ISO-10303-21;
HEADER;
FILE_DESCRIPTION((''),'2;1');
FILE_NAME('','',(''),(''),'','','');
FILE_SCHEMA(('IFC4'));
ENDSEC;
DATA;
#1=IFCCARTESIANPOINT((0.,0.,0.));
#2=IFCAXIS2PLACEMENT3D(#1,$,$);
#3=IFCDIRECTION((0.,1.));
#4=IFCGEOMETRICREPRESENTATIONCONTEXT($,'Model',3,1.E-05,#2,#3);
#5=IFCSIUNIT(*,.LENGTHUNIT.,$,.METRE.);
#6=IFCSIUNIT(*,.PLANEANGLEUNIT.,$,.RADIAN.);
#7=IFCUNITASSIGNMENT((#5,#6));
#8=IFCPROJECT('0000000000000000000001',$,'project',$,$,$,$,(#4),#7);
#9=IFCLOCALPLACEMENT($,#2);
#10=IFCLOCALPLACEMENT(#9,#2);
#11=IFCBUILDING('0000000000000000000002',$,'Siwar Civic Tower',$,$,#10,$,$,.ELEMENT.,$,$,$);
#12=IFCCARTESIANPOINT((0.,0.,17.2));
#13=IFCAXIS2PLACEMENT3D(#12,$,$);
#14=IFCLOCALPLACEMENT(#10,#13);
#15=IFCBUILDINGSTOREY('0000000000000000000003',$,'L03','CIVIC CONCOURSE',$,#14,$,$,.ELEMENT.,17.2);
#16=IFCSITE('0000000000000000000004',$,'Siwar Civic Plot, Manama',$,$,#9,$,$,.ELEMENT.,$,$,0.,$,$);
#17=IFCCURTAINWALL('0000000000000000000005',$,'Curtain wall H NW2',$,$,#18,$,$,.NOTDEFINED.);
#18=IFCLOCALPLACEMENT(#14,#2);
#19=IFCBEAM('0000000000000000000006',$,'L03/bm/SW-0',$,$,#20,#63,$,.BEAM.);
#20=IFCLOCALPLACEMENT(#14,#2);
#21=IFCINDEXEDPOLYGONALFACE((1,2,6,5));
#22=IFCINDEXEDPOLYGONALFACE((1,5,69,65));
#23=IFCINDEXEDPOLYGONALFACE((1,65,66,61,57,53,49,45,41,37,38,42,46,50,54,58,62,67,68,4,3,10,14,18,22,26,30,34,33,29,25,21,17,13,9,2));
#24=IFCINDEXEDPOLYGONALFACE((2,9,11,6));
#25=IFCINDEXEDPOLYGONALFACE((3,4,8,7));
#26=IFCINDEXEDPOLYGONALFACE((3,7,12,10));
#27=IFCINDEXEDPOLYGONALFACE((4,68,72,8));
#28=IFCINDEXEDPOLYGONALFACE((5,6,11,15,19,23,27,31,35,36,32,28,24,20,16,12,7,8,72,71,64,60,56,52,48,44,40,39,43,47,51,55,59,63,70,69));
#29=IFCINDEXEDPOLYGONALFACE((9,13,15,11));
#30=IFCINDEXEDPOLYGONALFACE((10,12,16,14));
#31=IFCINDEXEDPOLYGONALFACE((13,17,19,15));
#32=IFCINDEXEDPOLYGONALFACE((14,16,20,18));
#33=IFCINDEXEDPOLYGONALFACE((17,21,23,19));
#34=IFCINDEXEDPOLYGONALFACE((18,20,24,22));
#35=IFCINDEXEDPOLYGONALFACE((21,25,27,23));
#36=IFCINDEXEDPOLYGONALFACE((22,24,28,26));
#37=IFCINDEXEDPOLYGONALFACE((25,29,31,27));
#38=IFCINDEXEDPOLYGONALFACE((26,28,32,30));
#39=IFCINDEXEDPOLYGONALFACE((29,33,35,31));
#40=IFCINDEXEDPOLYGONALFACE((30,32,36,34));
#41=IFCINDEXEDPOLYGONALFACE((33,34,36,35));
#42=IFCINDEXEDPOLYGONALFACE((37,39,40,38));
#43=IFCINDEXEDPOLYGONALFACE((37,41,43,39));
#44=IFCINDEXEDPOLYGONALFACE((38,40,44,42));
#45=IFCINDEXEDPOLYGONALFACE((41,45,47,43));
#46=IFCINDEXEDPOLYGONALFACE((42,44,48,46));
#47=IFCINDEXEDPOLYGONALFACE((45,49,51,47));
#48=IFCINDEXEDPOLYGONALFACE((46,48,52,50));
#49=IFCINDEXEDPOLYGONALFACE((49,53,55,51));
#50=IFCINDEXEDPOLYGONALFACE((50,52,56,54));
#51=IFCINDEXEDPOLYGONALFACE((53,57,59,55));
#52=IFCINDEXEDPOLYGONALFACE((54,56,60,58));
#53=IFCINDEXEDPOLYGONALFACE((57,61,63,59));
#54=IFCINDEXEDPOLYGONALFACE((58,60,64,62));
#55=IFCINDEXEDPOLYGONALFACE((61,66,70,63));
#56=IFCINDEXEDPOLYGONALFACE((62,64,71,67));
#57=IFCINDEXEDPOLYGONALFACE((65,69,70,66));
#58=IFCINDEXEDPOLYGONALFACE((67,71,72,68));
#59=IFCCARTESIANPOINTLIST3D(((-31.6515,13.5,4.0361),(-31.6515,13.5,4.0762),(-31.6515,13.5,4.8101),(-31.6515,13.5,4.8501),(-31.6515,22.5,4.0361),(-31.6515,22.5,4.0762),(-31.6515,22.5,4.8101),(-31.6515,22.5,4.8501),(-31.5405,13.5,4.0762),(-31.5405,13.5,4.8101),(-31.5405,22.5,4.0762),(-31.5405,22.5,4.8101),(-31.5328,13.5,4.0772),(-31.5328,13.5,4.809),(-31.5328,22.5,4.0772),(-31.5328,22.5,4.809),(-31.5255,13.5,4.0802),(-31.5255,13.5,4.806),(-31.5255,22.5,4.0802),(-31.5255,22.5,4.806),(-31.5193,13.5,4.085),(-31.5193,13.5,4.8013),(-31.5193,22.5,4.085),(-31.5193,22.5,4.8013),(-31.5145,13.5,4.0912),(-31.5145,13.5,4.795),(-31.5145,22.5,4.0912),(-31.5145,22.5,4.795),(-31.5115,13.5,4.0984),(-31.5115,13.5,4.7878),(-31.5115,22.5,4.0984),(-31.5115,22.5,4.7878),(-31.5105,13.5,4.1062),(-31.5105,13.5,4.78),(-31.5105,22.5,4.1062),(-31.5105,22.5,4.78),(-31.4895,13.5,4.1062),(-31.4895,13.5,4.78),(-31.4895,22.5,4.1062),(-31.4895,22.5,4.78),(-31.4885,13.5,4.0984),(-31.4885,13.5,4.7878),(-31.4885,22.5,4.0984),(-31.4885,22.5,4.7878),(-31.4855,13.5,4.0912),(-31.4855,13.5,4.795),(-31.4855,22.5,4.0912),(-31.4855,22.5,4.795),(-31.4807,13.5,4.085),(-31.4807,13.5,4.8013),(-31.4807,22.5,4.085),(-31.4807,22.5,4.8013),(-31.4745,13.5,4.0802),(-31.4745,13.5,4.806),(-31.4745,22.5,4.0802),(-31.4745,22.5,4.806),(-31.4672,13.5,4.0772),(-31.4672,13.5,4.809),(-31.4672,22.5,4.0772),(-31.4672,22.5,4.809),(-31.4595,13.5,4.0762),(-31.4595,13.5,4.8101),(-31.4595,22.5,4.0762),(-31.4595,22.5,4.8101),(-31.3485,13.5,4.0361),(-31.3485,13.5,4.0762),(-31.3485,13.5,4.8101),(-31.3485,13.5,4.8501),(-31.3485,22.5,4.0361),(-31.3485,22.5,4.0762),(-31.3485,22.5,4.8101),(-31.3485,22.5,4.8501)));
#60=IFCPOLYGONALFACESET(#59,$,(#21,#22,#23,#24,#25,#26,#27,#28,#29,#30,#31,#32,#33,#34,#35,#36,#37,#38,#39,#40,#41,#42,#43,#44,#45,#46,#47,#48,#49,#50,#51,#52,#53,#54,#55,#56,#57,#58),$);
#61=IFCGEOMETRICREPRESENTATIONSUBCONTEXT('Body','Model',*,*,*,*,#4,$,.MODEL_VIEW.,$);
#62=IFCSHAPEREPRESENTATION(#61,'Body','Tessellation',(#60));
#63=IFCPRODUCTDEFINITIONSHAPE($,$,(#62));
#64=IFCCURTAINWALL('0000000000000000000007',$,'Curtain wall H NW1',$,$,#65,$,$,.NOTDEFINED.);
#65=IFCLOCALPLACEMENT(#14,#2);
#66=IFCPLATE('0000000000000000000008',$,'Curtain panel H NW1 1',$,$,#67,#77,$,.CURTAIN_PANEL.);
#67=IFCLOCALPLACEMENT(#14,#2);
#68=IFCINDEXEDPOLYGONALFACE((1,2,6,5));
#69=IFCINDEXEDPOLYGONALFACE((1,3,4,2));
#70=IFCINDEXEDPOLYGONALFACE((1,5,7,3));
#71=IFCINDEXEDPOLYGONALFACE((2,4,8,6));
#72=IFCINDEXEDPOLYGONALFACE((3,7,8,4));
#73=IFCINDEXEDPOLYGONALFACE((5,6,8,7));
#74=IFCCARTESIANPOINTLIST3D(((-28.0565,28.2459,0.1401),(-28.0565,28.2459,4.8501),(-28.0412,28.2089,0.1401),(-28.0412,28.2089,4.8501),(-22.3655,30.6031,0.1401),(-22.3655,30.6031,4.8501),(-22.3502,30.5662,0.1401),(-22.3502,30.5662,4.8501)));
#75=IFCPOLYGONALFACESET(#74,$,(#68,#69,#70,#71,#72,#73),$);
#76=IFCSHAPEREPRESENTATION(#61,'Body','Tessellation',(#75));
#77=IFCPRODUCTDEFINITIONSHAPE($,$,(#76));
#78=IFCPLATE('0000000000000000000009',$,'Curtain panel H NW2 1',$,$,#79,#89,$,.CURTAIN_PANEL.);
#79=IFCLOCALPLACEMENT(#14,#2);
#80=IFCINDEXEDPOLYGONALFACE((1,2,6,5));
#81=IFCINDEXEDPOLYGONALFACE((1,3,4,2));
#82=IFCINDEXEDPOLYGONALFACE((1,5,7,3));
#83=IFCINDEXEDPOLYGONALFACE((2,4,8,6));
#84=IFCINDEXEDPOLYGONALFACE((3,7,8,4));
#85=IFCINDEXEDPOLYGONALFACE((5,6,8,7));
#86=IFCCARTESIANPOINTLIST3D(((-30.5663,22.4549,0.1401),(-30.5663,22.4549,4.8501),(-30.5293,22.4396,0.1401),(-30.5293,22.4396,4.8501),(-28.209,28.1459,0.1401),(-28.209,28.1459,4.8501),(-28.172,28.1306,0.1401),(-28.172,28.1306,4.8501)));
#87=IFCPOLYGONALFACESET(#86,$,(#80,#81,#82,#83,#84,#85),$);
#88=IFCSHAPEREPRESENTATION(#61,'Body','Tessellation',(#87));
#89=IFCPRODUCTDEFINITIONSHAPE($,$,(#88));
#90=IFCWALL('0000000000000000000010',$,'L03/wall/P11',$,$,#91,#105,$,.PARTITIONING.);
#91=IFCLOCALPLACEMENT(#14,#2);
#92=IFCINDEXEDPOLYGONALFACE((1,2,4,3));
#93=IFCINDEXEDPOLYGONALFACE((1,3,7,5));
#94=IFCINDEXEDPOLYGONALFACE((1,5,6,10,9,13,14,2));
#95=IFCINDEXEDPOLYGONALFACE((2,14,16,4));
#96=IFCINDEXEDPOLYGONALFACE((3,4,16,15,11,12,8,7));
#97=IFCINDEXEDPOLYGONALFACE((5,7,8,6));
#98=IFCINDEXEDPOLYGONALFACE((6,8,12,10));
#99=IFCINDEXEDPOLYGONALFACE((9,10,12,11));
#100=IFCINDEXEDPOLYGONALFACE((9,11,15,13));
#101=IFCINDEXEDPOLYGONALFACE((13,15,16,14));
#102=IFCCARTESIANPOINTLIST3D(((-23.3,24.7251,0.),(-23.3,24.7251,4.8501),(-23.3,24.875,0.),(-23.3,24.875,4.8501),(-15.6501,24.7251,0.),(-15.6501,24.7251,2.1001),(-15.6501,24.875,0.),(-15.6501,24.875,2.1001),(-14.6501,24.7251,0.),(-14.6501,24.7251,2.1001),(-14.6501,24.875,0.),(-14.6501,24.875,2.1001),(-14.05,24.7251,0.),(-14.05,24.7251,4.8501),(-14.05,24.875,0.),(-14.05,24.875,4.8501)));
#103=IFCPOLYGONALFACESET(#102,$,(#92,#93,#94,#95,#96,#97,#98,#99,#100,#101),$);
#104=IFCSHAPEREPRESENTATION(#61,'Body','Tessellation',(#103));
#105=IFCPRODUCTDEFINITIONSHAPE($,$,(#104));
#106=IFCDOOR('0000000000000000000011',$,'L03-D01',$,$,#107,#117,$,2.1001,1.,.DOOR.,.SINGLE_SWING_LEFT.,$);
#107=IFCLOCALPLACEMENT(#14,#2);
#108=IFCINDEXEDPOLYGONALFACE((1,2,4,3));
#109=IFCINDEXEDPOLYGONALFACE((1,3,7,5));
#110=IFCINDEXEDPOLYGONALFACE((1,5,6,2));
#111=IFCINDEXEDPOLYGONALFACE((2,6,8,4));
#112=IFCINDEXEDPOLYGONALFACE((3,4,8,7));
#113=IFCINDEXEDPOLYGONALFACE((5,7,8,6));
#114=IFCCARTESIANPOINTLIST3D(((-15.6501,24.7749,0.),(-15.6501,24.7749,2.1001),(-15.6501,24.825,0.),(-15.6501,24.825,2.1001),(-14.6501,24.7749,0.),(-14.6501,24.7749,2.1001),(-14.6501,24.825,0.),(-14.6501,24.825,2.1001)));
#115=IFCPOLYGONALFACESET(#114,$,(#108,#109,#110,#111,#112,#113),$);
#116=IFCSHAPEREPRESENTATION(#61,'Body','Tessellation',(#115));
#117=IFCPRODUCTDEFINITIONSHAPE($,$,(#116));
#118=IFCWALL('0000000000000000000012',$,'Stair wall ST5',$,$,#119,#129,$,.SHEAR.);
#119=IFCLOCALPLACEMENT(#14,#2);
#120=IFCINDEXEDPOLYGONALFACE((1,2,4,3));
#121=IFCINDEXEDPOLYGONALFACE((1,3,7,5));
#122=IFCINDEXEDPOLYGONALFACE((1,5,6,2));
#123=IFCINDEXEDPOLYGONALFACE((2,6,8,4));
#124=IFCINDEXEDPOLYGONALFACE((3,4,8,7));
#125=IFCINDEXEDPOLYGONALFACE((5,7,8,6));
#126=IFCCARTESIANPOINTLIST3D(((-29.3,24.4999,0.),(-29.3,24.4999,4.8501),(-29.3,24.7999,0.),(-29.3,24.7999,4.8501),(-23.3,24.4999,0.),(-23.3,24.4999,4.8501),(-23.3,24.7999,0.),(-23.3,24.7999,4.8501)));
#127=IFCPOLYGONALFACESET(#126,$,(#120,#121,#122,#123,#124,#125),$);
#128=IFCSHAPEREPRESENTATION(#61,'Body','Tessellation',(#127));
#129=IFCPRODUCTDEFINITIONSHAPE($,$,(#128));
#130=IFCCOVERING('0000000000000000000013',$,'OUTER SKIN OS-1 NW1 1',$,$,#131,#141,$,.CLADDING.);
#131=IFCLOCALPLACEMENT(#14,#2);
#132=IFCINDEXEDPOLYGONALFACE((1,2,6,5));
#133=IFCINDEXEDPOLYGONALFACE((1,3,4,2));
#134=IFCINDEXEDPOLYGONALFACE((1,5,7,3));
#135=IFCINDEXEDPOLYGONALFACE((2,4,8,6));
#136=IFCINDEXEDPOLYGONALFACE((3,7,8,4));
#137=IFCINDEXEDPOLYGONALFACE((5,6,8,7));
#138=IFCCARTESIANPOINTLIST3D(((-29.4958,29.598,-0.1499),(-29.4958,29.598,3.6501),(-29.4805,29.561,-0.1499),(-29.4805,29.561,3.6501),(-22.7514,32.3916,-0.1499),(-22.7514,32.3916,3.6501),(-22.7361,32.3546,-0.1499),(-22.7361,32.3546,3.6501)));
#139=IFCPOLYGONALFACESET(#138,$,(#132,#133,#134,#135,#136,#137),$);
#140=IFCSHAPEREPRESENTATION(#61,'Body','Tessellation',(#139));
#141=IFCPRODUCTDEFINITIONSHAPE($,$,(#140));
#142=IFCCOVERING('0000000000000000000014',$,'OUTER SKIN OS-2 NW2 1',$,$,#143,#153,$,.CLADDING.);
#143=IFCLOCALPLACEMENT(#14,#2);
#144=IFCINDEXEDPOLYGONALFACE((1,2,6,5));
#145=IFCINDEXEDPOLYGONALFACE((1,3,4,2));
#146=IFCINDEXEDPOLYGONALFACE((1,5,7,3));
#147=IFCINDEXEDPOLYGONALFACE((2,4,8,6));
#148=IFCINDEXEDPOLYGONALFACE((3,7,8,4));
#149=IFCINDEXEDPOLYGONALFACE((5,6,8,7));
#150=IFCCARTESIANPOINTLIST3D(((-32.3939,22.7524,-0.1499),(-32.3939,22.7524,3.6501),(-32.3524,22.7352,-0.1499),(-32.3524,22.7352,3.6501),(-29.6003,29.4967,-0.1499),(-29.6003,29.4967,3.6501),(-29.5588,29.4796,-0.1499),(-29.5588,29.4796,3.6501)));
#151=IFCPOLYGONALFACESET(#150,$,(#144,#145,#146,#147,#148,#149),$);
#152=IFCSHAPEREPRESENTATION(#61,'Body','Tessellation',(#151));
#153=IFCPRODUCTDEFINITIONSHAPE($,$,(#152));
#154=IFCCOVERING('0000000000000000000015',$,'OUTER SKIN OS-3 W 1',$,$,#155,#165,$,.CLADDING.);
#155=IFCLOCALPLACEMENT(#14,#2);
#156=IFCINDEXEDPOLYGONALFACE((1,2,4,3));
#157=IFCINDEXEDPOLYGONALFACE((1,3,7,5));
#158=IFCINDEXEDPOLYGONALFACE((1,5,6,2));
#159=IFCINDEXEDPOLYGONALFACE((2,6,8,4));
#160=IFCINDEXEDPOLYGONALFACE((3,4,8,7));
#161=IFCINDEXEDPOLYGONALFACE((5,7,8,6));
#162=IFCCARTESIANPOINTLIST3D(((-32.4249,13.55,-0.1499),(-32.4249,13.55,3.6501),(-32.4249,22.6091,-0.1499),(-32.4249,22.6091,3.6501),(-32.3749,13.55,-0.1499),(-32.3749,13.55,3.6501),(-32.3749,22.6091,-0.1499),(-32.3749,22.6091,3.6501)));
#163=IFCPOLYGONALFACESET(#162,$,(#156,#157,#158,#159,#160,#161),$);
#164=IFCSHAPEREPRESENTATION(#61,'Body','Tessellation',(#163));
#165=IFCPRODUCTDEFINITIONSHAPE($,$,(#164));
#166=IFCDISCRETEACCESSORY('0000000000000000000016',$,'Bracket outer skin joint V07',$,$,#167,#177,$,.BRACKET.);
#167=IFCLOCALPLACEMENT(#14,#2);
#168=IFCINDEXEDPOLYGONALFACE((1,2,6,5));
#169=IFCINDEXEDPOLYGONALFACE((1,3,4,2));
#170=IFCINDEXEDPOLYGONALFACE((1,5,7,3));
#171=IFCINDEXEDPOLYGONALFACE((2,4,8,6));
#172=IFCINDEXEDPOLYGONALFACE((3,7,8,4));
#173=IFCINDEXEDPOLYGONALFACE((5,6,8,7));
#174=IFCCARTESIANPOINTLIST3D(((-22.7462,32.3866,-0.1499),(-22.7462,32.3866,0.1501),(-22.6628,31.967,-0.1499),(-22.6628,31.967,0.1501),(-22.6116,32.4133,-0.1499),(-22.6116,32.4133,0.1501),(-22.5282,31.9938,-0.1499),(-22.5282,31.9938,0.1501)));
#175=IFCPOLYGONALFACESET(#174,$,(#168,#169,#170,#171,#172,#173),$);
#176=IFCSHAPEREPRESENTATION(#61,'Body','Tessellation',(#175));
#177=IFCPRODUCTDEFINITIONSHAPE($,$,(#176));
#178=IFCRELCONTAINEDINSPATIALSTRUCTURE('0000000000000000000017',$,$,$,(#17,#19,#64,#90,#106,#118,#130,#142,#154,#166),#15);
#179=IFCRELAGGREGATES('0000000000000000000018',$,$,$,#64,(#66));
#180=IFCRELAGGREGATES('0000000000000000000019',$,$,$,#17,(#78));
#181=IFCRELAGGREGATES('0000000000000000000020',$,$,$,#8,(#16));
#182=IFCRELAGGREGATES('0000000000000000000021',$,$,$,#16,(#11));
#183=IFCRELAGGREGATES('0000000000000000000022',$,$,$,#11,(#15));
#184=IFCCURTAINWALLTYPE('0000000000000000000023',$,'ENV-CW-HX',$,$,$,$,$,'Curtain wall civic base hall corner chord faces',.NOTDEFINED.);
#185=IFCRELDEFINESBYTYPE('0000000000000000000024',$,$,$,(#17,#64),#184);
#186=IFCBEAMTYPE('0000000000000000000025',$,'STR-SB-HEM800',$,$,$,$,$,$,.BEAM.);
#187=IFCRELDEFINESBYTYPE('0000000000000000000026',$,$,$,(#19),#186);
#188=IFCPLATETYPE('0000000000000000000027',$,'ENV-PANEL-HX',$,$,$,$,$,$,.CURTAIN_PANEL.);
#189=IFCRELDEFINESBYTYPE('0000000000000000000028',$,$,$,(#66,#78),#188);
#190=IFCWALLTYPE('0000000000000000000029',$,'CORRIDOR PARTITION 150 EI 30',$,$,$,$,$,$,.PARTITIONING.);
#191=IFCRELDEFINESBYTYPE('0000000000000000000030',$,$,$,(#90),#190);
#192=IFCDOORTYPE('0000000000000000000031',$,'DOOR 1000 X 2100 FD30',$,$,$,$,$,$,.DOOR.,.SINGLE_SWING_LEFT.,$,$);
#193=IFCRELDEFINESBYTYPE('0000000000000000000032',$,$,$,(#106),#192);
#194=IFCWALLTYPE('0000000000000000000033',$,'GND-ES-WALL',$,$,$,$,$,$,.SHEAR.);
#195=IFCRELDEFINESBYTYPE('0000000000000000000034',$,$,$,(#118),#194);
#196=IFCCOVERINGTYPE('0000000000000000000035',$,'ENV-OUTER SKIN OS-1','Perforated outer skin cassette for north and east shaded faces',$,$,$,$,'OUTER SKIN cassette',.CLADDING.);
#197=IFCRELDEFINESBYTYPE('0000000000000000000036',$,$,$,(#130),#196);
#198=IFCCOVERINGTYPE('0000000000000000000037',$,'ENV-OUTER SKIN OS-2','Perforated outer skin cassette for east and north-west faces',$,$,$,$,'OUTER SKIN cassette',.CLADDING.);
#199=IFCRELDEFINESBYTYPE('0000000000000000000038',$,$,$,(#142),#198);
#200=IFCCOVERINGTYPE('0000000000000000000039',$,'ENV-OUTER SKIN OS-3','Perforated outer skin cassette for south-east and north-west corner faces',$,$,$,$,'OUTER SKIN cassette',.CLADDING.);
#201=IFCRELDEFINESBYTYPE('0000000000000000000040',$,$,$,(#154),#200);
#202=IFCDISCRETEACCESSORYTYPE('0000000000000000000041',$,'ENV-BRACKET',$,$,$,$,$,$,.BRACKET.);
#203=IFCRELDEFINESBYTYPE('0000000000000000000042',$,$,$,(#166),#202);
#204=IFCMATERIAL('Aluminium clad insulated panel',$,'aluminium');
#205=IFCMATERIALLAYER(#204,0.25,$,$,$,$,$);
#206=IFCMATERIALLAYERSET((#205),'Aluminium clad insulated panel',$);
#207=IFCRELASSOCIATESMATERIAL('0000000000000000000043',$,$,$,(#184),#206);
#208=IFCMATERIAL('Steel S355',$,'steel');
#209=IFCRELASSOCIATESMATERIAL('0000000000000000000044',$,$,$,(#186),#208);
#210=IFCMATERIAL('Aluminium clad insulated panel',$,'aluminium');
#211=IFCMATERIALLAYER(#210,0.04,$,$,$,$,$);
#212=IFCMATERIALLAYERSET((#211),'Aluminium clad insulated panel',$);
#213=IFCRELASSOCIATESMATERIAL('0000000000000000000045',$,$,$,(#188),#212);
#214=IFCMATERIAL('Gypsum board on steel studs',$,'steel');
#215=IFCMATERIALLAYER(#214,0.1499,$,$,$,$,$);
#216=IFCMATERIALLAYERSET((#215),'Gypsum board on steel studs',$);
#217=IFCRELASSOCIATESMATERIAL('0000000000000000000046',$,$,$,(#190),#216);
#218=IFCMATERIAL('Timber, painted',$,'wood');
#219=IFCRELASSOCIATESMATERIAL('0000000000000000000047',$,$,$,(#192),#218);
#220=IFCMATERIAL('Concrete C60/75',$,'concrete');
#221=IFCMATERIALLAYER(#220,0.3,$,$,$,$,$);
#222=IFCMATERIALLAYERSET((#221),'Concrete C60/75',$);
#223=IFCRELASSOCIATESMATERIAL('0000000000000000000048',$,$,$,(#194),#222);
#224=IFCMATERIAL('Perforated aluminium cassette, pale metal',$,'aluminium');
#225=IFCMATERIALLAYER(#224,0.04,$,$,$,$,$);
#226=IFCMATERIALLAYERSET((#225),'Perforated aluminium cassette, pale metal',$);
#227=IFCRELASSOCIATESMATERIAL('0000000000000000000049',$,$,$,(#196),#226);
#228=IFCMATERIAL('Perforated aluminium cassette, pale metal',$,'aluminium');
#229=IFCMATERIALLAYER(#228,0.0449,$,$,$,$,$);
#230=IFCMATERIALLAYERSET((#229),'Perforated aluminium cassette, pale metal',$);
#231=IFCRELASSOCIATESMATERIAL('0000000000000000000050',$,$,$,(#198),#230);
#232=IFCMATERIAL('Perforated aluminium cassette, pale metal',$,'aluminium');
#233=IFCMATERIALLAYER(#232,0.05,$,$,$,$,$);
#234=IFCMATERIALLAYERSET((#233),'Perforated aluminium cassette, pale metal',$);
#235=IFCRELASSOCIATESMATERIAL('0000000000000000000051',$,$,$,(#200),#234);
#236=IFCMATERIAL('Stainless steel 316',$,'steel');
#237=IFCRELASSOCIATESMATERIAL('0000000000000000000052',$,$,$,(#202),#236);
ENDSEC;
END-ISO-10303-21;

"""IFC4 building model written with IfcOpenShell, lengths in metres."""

from ifc_helpers import new_model, si_unit, direction, frame, frame_2d, origin, origin_2d, place, context, subcontext, project, spatial, rectangle, i_section, extrude, material, layer, layer_set, material_profile, profile_set, type_object, element, fill, aggregate, save


model = new_model("IFC4")

# Units and contexts
model_context = context("Model", 3, precision=1e-05, world=origin(), true_north=direction((0.0, 1.0)))
body_context = subcontext(model_context, "Body", "Model", "MODEL_VIEW")
ifc_project = project(units=[si_unit("LENGTHUNIT", "METRE"), si_unit("PLANEANGLEUNIT", "RADIAN")], contexts=[model_context])

# Site, building, storey
site_placement = place(None, origin())
site = spatial("IfcSite", under=ifc_project, at=site_placement, Name="Siwar Civic Plot, Manama", CompositionType="ELEMENT", RefElevation=0.0)
building_placement = place(site_placement, origin())
building = spatial("IfcBuilding", under=site, at=building_placement, Name="Siwar Civic Tower", CompositionType="ELEMENT")
storey_placement = place(building_placement, frame((0.0, 0.0, 17.2)))
storey = spatial("IfcBuildingStorey", under=building, at=storey_placement, Name="L03", Description="CIVIC CONCOURSE", CompositionType="ELEMENT", Elevation=17.2)

# Curtain wall
ifc_material_1 = material(Name="Aluminium clad insulated panel", Category="aluminium")
ifc_layer_1 = layer(ifc_material_1, 0.25)
ifc_layer_set_1 = layer_set([ifc_layer_1], Name="Aluminium clad insulated panel")
curtain_wall_type_1 = type_object("IfcCurtainWallType", Name="ENV-CW-HX", ElementType="Curtain wall civic base hall corner chord faces", PredefinedType="NOTDEFINED", material=ifc_layer_set_1)
curtain_wall_1_placement = place(storey_placement, origin())
curtain_wall_1 = element("IfcCurtainWall", 1, at=curtain_wall_1_placement, inside=storey, type_object=curtain_wall_type_1, Name="Curtain wall H NW2", PredefinedType="NOTDEFINED")

# Beam
ifc_material_2 = material(Name="Steel S355", Category="steel")
ifc_material_profile_1 = material_profile(ifc_material_2, i_section(OverallWidth=0.303, OverallDepth=0.814, WebThickness=0.021, FlangeThickness=0.04, FilletRadius=0.03, at=origin_2d()), Name="HEM800")
ifc_profile_set_1 = profile_set([ifc_material_profile_1], Name="Steel S355")
beam_type_1 = type_object("IfcBeamType", Name="STR-SB-HEM800", PredefinedType="BEAM", material=ifc_profile_set_1)
beam_1_placement = place(storey_placement, frame((-31.5, 22.5, 4.4431), z_axis=(0.0, -1.0, 0.0), x_axis=(1.0, 0.0, 0.0)))
element("IfcBeam", 2, at=beam_1_placement, inside=storey, type_object=beam_type_1, Name="L03/bm/SW-0", PredefinedType="BEAM", context=body_context, shape_type="SweptSolid", body=[
    extrude(i_section(OverallWidth=0.303, OverallDepth=0.814, WebThickness=0.021, FlangeThickness=0.04, FilletRadius=0.03, at=origin_2d()), origin(), (0.0, 0.0, 1.0), 9.0),
])

# Curtain wall, plate
curtain_wall_2_placement = place(storey_placement, origin())
curtain_wall_2 = element("IfcCurtainWall", 3, at=curtain_wall_2_placement, inside=storey, type_object=curtain_wall_type_1, Name="Curtain wall H NW1", PredefinedType="NOTDEFINED")
ifc_material_3 = material(Name="Aluminium clad insulated panel", Category="aluminium")
ifc_layer_2 = layer(ifc_material_3, 0.04)
ifc_layer_set_2 = layer_set([ifc_layer_2], Name="Aluminium clad insulated panel")
plate_type = type_object("IfcPlateType", Name="ENV-PANEL-HX", PredefinedType="CURTAIN_PANEL", material=ifc_layer_set_2)
plate_1_placement = place(storey_placement, frame((-25.2034, 29.406, 0.1401), z_axis=(0.0, 0.0, 1.0), x_axis=(-0.92388, -0.382683, 0.0)))
plate_1 = element("IfcPlate", 4, at=plate_1_placement, type_object=plate_type, Name="Curtain panel H NW1 1", PredefinedType="CURTAIN_PANEL", context=body_context, shape_type="SweptSolid", body=[
    extrude(rectangle(XDim=6.1599, YDim=0.04, at=origin_2d()), origin(), (0.0, 0.0, 1.0), 4.71),
])
aggregate(curtain_wall_2, [plate_1])

# Plate
plate_2_placement = place(storey_placement, frame((-29.3691, 25.2927, 0.1401), z_axis=(0.0, 0.0, 1.0), x_axis=(-0.382683, -0.92388, 0.0)))
plate_2 = element("IfcPlate", 5, at=plate_2_placement, type_object=plate_type, Name="Curtain panel H NW2 1", PredefinedType="CURTAIN_PANEL", context=body_context, shape_type="SweptSolid", body=[
    extrude(rectangle(XDim=6.1599, YDim=0.04, at=origin_2d()), origin(), (0.0, 0.0, 1.0), 4.71),
])
aggregate(curtain_wall_1, [plate_2])

# Wall, opening, door
ifc_material_4 = material(Name="Gypsum board on steel studs", Category="steel")
ifc_layer_3 = layer(ifc_material_4, 0.1499)
ifc_layer_set_3 = layer_set([ifc_layer_3], Name="Gypsum board on steel studs")
wall_type_1 = type_object("IfcWallType", Name="CORRIDOR PARTITION 150 EI 30", PredefinedType="PARTITIONING", material=ifc_layer_set_3)
wall_1_placement = place(storey_placement, frame((-23.3, 24.8, 0.0), z_axis=(0.0, 0.0, 1.0), x_axis=(1.0, 0.0, 0.0)))
wall_1 = element("IfcWall", 6, at=wall_1_placement, inside=storey, type_object=wall_type_1, Name="L03/wall/P11", PredefinedType="PARTITIONING", context=body_context, shape_type="SweptSolid", body=[
    extrude(rectangle(XDim=9.25, YDim=0.1499, at=frame_2d((4.625, 0.0))), origin(), (0.0, 0.0, 1.0), 4.8501),
])
opening_placement = place(wall_1_placement, frame((7.6499, 0.0, 0.0)))
opening = element("IfcOpeningElement", 7, at=opening_placement, cuts=wall_1, PredefinedType="OPENING", context=body_context, shape_type="SweptSolid", body=[
    extrude(rectangle(XDim=1.0, YDim=2.1001, at=frame_2d((0.5, 1.05))), frame((0.0, 0.085, 0.0), z_axis=(0.0, -1.0, 0.0), x_axis=(1.0, 0.0, 0.0)), (0.0, 0.0, 1.0), 0.1699),
])
ifc_material_5 = material(Name="Timber, painted", Category="wood")
door_type = type_object("IfcDoorType", Name="DOOR 1000 X 2100 FD30", OperationType="SINGLE_SWING_LEFT", PredefinedType="DOOR", material=ifc_material_5)
door_placement = place(opening_placement, origin())
door = element("IfcDoor", 8, at=door_placement, inside=storey, type_object=door_type, Name="L03-D01", OperationType="SINGLE_SWING_LEFT", OverallHeight=2.1001, OverallWidth=1.0, PredefinedType="DOOR", context=body_context, shape_type="SweptSolid", body=[
    extrude(rectangle(XDim=1.0, YDim=2.1001, at=frame_2d((0.5, 1.05))), frame((0.0, 0.0249, 0.0), z_axis=(0.0, -1.0, 0.0), x_axis=(1.0, 0.0, 0.0)), (0.0, 0.0, 1.0), 0.05),
])
fill(opening, door)

# Wall
ifc_material_6 = material(Name="Concrete C60/75", Category="concrete")
ifc_layer_4 = layer(ifc_material_6, 0.3)
ifc_layer_set_4 = layer_set([ifc_layer_4], Name="Concrete C60/75")
wall_type_2 = type_object("IfcWallType", Name="GND-ES-WALL", PredefinedType="SHEAR", material=ifc_layer_set_4)
wall_2_placement = place(storey_placement, frame((-29.3, 24.6499, 0.0), z_axis=(0.0, 0.0, 1.0), x_axis=(1.0, 0.0, 0.0)))
element("IfcWall", 9, at=wall_2_placement, inside=storey, type_object=wall_type_2, Name="Stair wall ST5", PredefinedType="SHEAR", context=body_context, shape_type="SweptSolid", body=[
    extrude(rectangle(XDim=6.0, YDim=0.3, at=frame_2d((3.0, 0.0))), origin(), (0.0, 0.0, 1.0), 4.8501),
])

# Coverings
ifc_material_7 = material(Name="Perforated aluminium cassette, pale metal", Category="aluminium")
ifc_layer_5 = layer(ifc_material_7, 0.04)
ifc_layer_set_5 = layer_set([ifc_layer_5], Name="Perforated aluminium cassette, pale metal")
covering_type_1 = type_object("IfcCoveringType", Name="ENV-OUTER SKIN OS-1", Description="Perforated outer skin cassette for north and east shaded faces", ElementType="OUTER SKIN cassette", PredefinedType="CLADDING", material=ifc_layer_set_5)
covering_1_placement = place(storey_placement, frame((-26.116, 30.9763, -0.1499), z_axis=(0.0, 0.0, 1.0), x_axis=(-0.92388, -0.382683, 0.0)))
element("IfcCovering", 10, at=covering_1_placement, inside=storey, type_object=covering_type_1, Name="OUTER SKIN OS-1 NW1 1", PredefinedType="CLADDING", context=body_context, shape_type="SweptSolid", body=[
    extrude(rectangle(XDim=7.3, YDim=0.04, at=origin_2d()), origin(), (0.0, 0.0, 1.0), 3.8),
])
ifc_material_8 = material(Name="Perforated aluminium cassette, pale metal", Category="aluminium")
ifc_layer_6 = layer(ifc_material_8, 0.0449)
ifc_layer_set_6 = layer_set([ifc_layer_6], Name="Perforated aluminium cassette, pale metal")
covering_type_2 = type_object("IfcCoveringType", Name="ENV-OUTER SKIN OS-2", Description="Perforated outer skin cassette for east and north-west faces", ElementType="OUTER SKIN cassette", PredefinedType="CLADDING", material=ifc_layer_set_6)
covering_2_placement = place(storey_placement, frame((-30.9763, 26.116, -0.1499), z_axis=(0.0, 0.0, 1.0), x_axis=(-0.382683, -0.92388, 0.0)))
element("IfcCovering", 11, at=covering_2_placement, inside=storey, type_object=covering_type_2, Name="OUTER SKIN OS-2 NW2 1", PredefinedType="CLADDING", context=body_context, shape_type="SweptSolid", body=[
    extrude(rectangle(XDim=7.3, YDim=0.0449, at=origin_2d()), origin(), (0.0, 0.0, 1.0), 3.8),
])
ifc_material_9 = material(Name="Perforated aluminium cassette, pale metal", Category="aluminium")
ifc_layer_7 = layer(ifc_material_9, 0.05)
ifc_layer_set_7 = layer_set([ifc_layer_7], Name="Perforated aluminium cassette, pale metal")
covering_type_3 = type_object("IfcCoveringType", Name="ENV-OUTER SKIN OS-3", Description="Perforated outer skin cassette for south-east and north-west corner faces", ElementType="OUTER SKIN cassette", PredefinedType="CLADDING", material=ifc_layer_set_7)
covering_3_placement = place(storey_placement, frame((-32.3999, 18.0796, -0.1499), z_axis=(0.0, 0.0, 1.0), x_axis=(0.0, -1.0, 0.0)))
element("IfcCovering", 12, at=covering_3_placement, inside=storey, type_object=covering_type_3, Name="OUTER SKIN OS-3 W 1", PredefinedType="CLADDING", context=body_context, shape_type="SweptSolid", body=[
    extrude(rectangle(XDim=9.0591, YDim=0.05, at=origin_2d()), origin(), (0.0, 0.0, 1.0), 3.8),
])

# Discrete accessory
ifc_material_10 = material(Name="Stainless steel 316", Category="steel")
discrete_accessory_type = type_object("IfcDiscreteAccessoryType", Name="ENV-BRACKET", PredefinedType="BRACKET", material=ifc_material_10)
discrete_accessory_1_placement = place(storey_placement, frame((-22.6372, 32.1902, -0.1499), z_axis=(0.0, 0.0, 1.0), x_axis=(-0.19509, 0.980785, 0.0)))
element("IfcDiscreteAccessory", 13, at=discrete_accessory_1_placement, inside=storey, type_object=discrete_accessory_type, Name="Bracket outer skin joint V07", PredefinedType="BRACKET", context=body_context, shape_type="SweptSolid", body=[
    extrude(rectangle(XDim=0.4277, YDim=0.1372, at=origin_2d()), origin(), (0.0, 0.0, 1.0), 0.3),
])

save(model, "model.ifc")
